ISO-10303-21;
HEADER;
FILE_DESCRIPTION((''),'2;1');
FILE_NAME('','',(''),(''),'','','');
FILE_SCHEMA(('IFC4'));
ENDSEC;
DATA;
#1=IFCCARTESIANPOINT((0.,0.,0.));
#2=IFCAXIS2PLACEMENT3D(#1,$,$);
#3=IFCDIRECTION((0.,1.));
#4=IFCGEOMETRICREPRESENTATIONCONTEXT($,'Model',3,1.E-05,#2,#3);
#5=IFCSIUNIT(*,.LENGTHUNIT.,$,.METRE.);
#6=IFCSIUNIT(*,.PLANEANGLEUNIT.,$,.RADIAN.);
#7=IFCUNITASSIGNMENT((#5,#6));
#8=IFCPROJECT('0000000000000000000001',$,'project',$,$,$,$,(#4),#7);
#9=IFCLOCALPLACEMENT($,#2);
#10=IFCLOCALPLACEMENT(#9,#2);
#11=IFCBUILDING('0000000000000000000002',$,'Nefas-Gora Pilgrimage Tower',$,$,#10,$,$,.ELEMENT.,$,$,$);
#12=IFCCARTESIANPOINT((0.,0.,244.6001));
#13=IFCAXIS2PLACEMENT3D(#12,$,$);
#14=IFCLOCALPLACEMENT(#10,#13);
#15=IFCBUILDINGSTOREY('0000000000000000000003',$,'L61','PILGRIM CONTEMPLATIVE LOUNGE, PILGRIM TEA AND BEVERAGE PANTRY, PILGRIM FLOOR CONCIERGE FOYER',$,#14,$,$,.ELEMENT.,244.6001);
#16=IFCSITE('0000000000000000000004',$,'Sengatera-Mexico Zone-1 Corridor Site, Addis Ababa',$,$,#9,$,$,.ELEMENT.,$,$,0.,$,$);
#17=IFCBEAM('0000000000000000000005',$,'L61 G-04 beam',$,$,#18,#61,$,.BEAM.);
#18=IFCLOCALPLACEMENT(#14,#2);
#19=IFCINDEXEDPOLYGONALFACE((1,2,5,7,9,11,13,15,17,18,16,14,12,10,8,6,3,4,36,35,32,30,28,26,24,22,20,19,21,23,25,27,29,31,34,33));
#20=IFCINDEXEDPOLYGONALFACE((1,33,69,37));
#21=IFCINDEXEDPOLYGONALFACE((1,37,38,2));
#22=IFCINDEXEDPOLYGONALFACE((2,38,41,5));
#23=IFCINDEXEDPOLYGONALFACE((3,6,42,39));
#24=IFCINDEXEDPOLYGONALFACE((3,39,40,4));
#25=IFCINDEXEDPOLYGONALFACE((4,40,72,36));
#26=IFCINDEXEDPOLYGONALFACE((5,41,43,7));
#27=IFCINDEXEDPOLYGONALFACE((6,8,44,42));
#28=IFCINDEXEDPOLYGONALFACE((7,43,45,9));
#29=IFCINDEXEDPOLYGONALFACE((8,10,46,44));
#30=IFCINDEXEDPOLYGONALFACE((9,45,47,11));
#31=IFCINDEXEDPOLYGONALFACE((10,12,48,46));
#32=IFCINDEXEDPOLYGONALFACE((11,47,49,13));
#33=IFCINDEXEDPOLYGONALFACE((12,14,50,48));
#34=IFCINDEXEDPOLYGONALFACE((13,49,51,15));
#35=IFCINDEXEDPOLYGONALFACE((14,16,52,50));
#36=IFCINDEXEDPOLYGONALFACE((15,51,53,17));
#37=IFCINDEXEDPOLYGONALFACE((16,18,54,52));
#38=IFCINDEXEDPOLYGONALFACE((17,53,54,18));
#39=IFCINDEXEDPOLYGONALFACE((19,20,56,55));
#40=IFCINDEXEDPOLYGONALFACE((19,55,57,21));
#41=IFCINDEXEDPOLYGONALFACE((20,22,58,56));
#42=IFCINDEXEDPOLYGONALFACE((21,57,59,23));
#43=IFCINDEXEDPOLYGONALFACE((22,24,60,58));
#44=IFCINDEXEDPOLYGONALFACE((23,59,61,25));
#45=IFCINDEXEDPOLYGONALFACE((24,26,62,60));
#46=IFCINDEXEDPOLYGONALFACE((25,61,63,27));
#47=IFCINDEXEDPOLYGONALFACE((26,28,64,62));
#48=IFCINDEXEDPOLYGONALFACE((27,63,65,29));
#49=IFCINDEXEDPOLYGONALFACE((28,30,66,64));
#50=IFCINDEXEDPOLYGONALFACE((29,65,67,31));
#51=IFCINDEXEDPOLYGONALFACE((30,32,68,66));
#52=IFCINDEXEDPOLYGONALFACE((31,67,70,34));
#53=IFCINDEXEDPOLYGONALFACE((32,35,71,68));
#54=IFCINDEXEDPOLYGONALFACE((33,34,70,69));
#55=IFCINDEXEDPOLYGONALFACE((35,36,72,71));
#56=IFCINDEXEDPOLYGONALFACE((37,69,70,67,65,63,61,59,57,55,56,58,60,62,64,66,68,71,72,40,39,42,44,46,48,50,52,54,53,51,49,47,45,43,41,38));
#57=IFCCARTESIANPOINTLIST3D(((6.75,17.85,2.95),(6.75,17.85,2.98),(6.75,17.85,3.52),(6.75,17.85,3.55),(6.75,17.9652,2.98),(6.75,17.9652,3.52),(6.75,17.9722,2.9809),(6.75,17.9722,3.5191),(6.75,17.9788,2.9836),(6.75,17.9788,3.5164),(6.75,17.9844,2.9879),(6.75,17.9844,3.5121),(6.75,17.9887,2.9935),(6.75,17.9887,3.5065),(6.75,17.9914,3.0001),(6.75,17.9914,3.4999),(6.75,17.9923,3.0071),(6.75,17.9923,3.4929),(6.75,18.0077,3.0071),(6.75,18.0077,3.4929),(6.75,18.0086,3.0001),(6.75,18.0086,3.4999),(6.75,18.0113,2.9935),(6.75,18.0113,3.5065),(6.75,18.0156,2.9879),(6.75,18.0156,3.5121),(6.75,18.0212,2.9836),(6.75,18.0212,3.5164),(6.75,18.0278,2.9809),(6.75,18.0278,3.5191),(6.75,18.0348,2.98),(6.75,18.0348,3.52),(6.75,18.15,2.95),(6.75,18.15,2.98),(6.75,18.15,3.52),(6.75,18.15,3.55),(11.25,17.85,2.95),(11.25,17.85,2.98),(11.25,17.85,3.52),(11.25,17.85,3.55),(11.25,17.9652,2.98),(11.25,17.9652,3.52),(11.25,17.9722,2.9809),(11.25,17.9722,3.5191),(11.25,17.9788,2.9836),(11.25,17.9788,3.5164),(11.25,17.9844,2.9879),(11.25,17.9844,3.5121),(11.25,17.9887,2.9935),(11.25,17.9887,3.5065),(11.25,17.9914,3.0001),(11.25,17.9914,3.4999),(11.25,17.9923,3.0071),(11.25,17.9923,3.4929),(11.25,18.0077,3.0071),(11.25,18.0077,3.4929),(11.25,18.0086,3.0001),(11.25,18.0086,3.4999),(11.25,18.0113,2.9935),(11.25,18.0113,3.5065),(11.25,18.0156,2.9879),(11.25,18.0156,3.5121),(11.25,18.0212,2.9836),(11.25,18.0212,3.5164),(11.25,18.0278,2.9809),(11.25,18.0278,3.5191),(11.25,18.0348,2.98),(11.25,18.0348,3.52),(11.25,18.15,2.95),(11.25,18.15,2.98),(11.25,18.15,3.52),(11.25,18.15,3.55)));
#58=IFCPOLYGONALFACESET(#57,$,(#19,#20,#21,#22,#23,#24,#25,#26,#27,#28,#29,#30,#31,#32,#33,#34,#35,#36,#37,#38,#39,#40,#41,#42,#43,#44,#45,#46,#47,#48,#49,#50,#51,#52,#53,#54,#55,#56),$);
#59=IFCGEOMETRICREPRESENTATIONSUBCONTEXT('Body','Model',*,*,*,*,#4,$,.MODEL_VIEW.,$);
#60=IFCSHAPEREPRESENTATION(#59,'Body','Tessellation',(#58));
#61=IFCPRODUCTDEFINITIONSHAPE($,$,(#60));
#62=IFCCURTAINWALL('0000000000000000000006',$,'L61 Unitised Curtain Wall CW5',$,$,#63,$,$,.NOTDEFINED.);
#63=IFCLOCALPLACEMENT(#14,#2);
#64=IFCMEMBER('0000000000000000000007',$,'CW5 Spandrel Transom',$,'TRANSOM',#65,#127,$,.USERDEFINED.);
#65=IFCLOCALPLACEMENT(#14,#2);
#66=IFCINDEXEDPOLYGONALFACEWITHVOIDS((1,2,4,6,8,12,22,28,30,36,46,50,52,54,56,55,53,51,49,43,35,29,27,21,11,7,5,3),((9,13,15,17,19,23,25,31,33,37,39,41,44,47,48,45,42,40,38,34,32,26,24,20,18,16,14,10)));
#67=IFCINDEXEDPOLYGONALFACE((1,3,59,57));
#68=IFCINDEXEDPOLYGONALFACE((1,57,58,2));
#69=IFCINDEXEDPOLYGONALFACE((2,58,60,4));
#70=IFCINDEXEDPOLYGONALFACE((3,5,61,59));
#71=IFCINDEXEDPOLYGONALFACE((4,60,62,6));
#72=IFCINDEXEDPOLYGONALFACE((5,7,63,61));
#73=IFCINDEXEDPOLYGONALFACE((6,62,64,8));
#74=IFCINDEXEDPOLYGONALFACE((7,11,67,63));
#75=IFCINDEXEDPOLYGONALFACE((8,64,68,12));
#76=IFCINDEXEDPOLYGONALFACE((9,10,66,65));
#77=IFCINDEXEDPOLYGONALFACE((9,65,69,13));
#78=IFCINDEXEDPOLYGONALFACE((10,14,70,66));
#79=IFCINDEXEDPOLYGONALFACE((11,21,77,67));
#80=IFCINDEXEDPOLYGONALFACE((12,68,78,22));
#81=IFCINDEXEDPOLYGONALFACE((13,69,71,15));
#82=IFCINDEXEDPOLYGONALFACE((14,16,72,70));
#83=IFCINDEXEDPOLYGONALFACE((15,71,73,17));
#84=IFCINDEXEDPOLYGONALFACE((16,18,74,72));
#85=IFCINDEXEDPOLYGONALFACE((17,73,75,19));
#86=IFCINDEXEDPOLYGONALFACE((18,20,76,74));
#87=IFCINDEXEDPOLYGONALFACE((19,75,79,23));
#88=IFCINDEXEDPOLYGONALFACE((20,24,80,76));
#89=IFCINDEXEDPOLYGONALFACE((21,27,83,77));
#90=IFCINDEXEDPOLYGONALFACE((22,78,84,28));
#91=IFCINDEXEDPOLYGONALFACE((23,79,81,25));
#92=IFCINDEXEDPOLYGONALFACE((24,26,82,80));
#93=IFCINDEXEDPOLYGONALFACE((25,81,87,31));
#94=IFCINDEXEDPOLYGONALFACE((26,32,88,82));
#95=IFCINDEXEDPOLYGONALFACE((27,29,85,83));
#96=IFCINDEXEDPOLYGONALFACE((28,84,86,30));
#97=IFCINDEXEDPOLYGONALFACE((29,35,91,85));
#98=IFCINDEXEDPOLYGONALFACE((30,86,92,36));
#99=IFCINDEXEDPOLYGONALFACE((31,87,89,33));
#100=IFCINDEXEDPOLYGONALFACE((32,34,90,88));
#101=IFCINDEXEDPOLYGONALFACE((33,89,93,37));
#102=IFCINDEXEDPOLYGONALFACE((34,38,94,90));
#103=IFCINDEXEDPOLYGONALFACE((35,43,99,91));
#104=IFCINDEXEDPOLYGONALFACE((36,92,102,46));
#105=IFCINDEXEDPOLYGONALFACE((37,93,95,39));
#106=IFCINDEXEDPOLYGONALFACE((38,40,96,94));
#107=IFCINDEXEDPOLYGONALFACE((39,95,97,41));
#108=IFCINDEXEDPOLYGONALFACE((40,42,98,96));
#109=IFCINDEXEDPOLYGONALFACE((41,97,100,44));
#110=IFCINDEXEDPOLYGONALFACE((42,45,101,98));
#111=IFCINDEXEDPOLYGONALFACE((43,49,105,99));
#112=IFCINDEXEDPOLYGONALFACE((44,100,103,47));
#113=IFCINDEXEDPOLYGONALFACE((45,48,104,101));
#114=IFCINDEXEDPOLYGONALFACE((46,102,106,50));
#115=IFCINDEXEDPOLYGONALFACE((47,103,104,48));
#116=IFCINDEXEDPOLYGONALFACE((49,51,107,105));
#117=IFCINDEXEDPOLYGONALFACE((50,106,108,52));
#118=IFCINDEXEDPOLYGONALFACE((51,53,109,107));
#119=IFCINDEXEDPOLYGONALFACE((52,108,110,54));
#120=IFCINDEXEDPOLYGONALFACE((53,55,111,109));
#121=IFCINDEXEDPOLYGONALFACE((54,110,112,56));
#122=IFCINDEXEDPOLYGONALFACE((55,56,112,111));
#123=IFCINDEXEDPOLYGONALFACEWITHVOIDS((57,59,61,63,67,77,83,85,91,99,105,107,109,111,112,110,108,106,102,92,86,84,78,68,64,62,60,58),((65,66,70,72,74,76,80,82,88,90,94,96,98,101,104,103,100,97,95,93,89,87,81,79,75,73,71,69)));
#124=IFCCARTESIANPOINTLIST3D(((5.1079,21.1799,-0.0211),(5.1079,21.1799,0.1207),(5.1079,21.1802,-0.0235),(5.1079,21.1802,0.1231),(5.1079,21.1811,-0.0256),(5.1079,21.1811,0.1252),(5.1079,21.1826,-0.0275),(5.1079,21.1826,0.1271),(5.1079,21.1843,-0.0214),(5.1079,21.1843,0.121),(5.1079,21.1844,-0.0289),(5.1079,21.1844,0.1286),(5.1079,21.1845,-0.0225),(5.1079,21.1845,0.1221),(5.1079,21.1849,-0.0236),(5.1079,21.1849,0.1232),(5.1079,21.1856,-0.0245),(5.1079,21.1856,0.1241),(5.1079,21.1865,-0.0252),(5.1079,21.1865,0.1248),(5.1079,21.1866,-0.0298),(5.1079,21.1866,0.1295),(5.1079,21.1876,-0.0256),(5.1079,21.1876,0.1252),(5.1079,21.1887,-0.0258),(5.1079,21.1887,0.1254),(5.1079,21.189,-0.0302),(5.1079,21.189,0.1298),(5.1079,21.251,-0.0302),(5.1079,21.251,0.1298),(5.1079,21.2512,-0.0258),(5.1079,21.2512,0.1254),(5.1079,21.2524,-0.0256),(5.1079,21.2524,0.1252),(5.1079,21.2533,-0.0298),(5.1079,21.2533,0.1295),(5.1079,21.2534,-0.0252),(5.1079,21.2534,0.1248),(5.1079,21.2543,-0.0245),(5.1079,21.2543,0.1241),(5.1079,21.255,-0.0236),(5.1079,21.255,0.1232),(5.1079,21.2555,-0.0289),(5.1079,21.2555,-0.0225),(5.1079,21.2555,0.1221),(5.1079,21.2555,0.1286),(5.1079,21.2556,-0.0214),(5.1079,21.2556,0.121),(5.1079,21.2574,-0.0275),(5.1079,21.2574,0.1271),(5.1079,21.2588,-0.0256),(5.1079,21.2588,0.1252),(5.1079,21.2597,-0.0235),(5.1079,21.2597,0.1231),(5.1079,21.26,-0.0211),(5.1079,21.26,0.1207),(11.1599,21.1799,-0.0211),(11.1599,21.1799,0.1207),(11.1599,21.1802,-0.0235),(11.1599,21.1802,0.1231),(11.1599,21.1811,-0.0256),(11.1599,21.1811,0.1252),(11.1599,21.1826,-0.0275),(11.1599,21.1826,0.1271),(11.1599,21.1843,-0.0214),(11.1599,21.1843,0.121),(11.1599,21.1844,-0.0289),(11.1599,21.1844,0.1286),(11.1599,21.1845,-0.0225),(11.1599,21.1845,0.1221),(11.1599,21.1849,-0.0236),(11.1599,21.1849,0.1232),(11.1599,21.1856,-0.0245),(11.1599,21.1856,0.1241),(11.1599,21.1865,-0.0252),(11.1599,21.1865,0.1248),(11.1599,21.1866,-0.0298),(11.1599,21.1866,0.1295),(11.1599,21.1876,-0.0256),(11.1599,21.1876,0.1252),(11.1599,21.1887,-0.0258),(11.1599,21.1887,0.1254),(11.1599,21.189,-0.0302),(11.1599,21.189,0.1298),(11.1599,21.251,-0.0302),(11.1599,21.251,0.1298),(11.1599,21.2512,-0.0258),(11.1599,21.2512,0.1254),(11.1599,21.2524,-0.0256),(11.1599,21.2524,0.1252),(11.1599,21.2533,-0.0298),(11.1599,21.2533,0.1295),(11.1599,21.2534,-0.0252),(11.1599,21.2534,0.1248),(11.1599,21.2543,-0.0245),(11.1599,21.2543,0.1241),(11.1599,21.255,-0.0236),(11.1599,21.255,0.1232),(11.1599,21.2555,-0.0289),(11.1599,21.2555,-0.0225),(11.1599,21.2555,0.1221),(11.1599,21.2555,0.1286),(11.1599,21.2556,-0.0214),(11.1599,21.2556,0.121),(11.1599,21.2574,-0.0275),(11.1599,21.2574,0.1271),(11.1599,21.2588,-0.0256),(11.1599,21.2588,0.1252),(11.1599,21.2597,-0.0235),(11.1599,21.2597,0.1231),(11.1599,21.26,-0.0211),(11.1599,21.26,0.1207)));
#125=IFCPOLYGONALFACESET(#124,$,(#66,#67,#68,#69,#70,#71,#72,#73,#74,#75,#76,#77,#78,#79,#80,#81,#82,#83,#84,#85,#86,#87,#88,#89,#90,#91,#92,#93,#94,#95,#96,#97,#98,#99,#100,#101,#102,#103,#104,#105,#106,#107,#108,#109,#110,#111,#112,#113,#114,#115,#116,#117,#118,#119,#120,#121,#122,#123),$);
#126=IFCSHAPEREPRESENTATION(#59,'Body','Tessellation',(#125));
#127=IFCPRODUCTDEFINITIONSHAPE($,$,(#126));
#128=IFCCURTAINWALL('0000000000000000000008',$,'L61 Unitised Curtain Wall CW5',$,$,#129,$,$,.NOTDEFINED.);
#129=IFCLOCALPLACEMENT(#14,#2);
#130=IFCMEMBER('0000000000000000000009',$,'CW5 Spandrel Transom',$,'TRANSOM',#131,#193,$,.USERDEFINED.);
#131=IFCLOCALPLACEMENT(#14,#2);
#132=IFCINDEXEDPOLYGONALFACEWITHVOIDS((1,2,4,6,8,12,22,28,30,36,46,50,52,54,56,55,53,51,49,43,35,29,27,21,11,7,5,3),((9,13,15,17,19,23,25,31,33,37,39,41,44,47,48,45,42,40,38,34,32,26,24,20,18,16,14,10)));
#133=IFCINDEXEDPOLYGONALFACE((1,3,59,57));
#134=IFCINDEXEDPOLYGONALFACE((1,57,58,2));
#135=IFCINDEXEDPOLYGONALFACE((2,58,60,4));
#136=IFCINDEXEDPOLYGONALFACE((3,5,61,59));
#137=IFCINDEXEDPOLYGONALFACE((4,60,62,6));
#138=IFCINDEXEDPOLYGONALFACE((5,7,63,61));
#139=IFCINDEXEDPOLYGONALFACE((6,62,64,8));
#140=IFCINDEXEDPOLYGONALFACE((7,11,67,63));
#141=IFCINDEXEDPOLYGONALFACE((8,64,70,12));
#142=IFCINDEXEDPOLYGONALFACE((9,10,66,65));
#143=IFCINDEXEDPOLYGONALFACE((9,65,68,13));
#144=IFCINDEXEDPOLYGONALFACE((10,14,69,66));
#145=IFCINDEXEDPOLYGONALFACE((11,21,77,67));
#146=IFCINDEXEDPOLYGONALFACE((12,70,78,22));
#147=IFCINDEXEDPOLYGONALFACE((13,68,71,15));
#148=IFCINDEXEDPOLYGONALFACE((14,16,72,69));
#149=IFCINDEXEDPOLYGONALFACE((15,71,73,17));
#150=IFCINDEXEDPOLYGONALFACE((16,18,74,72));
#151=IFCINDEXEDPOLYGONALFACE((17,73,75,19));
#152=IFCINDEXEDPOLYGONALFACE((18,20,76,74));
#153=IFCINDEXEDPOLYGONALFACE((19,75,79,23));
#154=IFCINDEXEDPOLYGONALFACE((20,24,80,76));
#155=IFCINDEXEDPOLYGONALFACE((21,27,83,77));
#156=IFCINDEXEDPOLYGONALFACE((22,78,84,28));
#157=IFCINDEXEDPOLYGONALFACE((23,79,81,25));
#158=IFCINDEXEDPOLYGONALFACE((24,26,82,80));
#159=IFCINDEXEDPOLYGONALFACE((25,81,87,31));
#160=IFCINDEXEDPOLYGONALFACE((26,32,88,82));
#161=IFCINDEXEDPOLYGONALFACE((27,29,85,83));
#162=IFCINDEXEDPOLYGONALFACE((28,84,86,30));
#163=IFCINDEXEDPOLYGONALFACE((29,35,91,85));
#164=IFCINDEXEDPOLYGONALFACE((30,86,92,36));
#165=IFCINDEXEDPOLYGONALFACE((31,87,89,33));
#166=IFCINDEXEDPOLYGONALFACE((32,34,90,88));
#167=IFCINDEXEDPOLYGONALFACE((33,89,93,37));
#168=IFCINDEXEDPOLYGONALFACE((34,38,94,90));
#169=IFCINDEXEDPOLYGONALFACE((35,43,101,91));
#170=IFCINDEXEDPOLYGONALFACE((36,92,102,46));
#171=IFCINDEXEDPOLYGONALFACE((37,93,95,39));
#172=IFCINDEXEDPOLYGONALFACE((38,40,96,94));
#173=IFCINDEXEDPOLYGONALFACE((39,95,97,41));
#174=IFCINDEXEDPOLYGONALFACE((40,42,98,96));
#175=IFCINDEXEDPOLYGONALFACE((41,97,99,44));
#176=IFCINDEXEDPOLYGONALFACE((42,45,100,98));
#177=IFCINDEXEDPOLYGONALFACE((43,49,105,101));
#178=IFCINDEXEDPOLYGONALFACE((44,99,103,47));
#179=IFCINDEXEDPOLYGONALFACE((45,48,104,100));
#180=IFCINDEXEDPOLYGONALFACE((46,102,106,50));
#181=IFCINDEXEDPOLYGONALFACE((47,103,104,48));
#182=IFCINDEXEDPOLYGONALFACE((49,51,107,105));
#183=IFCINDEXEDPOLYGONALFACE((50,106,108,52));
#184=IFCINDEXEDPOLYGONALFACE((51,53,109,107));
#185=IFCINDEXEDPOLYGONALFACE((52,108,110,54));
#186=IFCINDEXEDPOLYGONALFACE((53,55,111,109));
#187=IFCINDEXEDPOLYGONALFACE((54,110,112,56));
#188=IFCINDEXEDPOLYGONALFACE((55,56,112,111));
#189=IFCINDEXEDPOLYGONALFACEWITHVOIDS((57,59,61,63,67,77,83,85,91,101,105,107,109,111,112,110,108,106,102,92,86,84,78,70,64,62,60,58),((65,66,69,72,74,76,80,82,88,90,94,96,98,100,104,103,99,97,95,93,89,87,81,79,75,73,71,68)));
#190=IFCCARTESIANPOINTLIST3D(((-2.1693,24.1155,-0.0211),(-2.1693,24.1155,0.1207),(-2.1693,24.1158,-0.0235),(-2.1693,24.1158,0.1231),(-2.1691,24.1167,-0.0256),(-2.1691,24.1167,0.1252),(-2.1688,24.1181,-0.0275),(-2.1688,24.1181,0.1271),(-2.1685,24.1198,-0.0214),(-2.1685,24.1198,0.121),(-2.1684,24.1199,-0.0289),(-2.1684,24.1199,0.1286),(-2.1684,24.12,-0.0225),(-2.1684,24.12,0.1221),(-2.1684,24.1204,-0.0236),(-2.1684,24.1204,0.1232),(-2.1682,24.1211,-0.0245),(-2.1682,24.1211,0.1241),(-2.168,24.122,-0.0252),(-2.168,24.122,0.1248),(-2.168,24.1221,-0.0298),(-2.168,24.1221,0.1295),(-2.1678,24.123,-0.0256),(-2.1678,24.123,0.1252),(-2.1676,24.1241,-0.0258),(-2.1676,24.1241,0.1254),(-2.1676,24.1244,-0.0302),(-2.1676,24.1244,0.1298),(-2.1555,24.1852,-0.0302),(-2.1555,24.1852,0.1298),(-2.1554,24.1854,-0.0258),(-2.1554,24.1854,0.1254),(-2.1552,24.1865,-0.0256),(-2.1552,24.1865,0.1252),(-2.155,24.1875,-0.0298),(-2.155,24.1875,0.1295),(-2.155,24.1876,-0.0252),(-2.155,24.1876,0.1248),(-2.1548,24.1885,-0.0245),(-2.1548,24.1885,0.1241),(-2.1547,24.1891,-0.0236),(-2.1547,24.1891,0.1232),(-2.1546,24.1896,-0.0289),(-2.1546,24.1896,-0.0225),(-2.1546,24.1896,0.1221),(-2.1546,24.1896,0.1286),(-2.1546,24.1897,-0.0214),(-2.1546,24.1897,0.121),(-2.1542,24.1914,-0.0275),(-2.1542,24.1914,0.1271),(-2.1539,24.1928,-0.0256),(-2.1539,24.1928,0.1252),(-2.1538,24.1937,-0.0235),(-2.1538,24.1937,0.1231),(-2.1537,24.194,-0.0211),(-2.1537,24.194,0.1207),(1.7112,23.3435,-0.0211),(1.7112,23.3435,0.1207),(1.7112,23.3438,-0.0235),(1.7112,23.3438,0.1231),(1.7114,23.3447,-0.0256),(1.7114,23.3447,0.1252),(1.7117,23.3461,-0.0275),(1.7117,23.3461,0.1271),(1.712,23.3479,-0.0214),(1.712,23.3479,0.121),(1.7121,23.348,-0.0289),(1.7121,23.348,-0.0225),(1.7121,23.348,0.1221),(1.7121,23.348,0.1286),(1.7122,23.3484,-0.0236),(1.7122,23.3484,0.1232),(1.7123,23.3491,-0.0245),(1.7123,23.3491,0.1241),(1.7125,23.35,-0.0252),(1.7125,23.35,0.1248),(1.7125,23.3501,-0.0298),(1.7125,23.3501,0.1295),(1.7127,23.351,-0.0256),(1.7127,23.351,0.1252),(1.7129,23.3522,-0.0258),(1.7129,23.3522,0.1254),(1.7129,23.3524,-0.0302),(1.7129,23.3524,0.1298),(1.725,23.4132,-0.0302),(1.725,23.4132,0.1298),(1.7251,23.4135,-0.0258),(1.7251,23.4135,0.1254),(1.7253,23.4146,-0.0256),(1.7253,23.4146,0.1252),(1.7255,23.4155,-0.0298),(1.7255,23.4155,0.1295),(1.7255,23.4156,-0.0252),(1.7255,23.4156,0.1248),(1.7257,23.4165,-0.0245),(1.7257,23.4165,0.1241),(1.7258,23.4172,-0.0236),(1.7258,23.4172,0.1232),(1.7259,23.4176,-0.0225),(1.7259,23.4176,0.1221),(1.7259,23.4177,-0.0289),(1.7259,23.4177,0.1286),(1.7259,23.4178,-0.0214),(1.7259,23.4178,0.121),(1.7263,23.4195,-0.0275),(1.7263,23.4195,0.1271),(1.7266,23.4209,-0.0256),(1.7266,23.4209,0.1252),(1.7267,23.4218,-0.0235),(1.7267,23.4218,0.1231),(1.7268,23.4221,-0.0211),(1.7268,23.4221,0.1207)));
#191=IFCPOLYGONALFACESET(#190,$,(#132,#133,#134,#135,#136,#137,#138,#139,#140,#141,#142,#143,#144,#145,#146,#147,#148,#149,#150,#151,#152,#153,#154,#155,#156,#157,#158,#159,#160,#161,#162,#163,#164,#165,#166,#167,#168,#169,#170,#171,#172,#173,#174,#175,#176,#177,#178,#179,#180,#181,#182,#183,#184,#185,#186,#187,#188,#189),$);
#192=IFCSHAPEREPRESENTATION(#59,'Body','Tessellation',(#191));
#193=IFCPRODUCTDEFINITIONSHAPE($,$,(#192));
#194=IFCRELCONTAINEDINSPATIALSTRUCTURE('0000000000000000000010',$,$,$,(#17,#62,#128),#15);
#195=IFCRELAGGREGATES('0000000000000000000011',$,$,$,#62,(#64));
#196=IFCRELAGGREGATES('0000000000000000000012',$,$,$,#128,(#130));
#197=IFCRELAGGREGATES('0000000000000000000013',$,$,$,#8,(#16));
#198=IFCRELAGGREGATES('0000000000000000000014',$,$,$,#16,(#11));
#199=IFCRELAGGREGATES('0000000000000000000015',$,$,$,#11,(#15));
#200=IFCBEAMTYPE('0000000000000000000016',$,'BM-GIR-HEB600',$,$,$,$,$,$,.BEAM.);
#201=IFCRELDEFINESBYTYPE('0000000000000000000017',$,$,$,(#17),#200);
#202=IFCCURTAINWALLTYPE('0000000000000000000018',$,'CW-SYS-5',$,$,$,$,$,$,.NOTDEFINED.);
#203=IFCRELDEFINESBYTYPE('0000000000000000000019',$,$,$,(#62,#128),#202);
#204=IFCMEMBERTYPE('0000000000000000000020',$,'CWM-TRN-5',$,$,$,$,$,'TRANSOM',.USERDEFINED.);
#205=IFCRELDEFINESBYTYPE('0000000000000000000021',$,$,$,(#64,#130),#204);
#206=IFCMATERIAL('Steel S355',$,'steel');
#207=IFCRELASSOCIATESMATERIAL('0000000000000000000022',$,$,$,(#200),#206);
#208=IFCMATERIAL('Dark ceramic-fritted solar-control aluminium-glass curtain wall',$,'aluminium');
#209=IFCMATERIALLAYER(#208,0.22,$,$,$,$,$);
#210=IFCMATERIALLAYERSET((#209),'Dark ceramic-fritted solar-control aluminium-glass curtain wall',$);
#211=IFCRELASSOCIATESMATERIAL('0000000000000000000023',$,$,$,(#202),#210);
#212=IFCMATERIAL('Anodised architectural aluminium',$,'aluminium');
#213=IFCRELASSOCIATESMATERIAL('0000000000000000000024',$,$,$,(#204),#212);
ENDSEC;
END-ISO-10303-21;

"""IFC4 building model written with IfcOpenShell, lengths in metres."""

from ifc_helpers import new_model, si_unit, direction, frame, origin, origin_2d, place, context, subcontext, project, spatial, hollow_rectangle, i_section, extrude, source, transform, mapped, material, layer, layer_set, material_profile, profile_set, type_object, element, aggregate, save


model = new_model("IFC4")

# Units and contexts
model_context = context("Model", 3, precision=1e-05, world=origin(), true_north=direction((0.0, 1.0)))
body_context = subcontext(model_context, "Body", "Model", "MODEL_VIEW")
ifc_project = project(units=[si_unit("LENGTHUNIT", "METRE"), si_unit("PLANEANGLEUNIT", "RADIAN")], contexts=[model_context])

# Site, building, storey
site_placement = place(None, origin())
site = spatial("IfcSite", under=ifc_project, at=site_placement, Name="Sengatera-Mexico Zone-1 Corridor Site, Addis Ababa", CompositionType="ELEMENT", RefElevation=0.0)
building_placement = place(site_placement, origin())
building = spatial("IfcBuilding", under=site, at=building_placement, Name="Nefas-Gora Pilgrimage Tower", CompositionType="ELEMENT")
storey_placement = place(building_placement, frame((0.0, 0.0, 244.6001)))
storey = spatial("IfcBuildingStorey", under=building, at=storey_placement, Name="L61", Description="PILGRIM CONTEMPLATIVE LOUNGE, PILGRIM TEA AND BEVERAGE PANTRY, PILGRIM FLOOR CONCIERGE FOYER", CompositionType="ELEMENT", Elevation=244.6001)

# Beam
ifc_material_1 = material(Name="Steel S355", Category="steel")
ifc_material_profile_1 = material_profile(ifc_material_1, i_section(OverallWidth=0.3, OverallDepth=0.6001, WebThickness=0.0154, FlangeThickness=0.03, FilletRadius=0.0271, at=origin_2d()), Name="HEB 600")
ifc_profile_set_1 = profile_set([ifc_material_profile_1], Name="Steel S355")
beam_type = type_object("IfcBeamType", Name="BM-GIR-HEB600", PredefinedType="BEAM", material=ifc_profile_set_1)
shared_shape_1 = source(origin(), body_context, "Body", "SweptSolid", [
    extrude(i_section(OverallWidth=0.3, OverallDepth=0.6001, WebThickness=0.0154, FlangeThickness=0.03, FilletRadius=0.0271, at=origin_2d()), origin(), (0.0, 0.0, 1.0), 4.5),
])
for number, where, z_axis, x_axis, name in (
    (1, (6.75, 18.0, 3.25), (1.0, 0.0, 0.0), (0.0, 1.0, 0.0), "L61 G-04 beam"),
):
    element("IfcBeam", number, at=place(storey_placement, frame(where, z_axis=z_axis, x_axis=x_axis)), inside=storey, type_object=beam_type, Name=name, PredefinedType="BEAM", context=body_context, shape_type="MappedRepresentation", body=[
        mapped(shared_shape_1, transform((0.0, 0.0, 0.0), x_axis=(1.0, 0.0, 0.0), y_axis=(0.0, 1.0, 0.0), z_axis=(0.0, 0.0, 1.0), scale=1.0)),
    ])

# Curtain walls, members
ifc_material_2 = material(Name="Dark ceramic-fritted solar-control aluminium-glass curtain wall", Category="aluminium")
ifc_layer_1 = layer(ifc_material_2, 0.22)
ifc_layer_set_1 = layer_set([ifc_layer_1], Name="Dark ceramic-fritted solar-control aluminium-glass curtain wall")
curtain_wall_type_1 = type_object("IfcCurtainWallType", Name="CW-SYS-5", PredefinedType="NOTDEFINED", material=ifc_layer_set_1)
curtain_wall_1_placement = place(storey_placement, origin())
curtain_wall_1 = element("IfcCurtainWall", 2, at=curtain_wall_1_placement, inside=storey, type_object=curtain_wall_type_1, Name="L61 Unitised Curtain Wall CW5", PredefinedType="NOTDEFINED")
ifc_material_3 = material(Name="Anodised architectural aluminium", Category="aluminium")
ifc_material_profile_2 = material_profile(ifc_material_3, hollow_rectangle(XDim=0.0801, YDim=0.1599, WallThickness=0.0044, InnerFilletRadius=0.0044, OuterFilletRadius=0.009, at=origin_2d()), Name="ALU TRANSOM 80x160")
ifc_profile_set_2 = profile_set([ifc_material_profile_2], Name="Anodised architectural aluminium")
member_type_1 = type_object("IfcMemberType", Name="CWM-TRN-5", ElementType="TRANSOM", PredefinedType="USERDEFINED", material=ifc_profile_set_2)
shared_shape_2 = source(origin(), body_context, "Body", "SweptSolid", [
    extrude(hollow_rectangle(XDim=0.0801, YDim=0.1599, WallThickness=0.0044, InnerFilletRadius=0.0044, OuterFilletRadius=0.009, at=origin_2d()), origin(), (0.0, 0.0, 1.0), 6.052),
])
member_1_placement = place(storey_placement, frame((11.1599, 21.22, 0.0498), z_axis=(-1.0, 0.0, 0.0), x_axis=(0.0, -1.0, 0.0)))
member_1 = element("IfcMember", 3, at=member_1_placement, type_object=member_type_1, Name="CW5 Spandrel Transom", ObjectType="TRANSOM", PredefinedType="USERDEFINED", context=body_context, shape_type="MappedRepresentation", body=[
    mapped(shared_shape_2, transform((0.0, 0.0, 0.0), x_axis=(1.0, 0.0, 0.0), y_axis=(0.0, 1.0, 0.0), z_axis=(0.0, 0.0, 1.0), scale=1.0)),
])
curtain_wall_2_placement = place(storey_placement, origin())
curtain_wall_2 = element("IfcCurtainWall", 4, at=curtain_wall_2_placement, inside=storey, type_object=curtain_wall_type_1, Name="L61 Unitised Curtain Wall CW5", PredefinedType="NOTDEFINED")
shared_shape_3 = source(origin(), body_context, "Body", "SweptSolid", [
    extrude(hollow_rectangle(XDim=0.0801, YDim=0.1599, WallThickness=0.0044, InnerFilletRadius=0.0044, OuterFilletRadius=0.009, at=origin_2d()), origin(), (0.0, 0.0, 1.0), 3.9565),
])
member_2_placement = place(storey_placement, frame((1.719, 23.3828, 0.0498), z_axis=(-0.980782, 0.195107, 0.0), x_axis=(-0.195107, -0.980782, 0.0)))
member_2 = element("IfcMember", 5, at=member_2_placement, type_object=member_type_1, Name="CW5 Spandrel Transom", ObjectType="TRANSOM", PredefinedType="USERDEFINED", context=body_context, shape_type="MappedRepresentation", body=[
    mapped(shared_shape_3, transform((0.0, 0.0, 0.0), x_axis=(1.0, 0.0, 0.0), y_axis=(0.0, 1.0, 0.0), z_axis=(0.0, 0.0, 1.0), scale=1.0)),
])

aggregate(curtain_wall_1, [member_1])
aggregate(curtain_wall_2, [member_2])

save(model, "model.ifc")
